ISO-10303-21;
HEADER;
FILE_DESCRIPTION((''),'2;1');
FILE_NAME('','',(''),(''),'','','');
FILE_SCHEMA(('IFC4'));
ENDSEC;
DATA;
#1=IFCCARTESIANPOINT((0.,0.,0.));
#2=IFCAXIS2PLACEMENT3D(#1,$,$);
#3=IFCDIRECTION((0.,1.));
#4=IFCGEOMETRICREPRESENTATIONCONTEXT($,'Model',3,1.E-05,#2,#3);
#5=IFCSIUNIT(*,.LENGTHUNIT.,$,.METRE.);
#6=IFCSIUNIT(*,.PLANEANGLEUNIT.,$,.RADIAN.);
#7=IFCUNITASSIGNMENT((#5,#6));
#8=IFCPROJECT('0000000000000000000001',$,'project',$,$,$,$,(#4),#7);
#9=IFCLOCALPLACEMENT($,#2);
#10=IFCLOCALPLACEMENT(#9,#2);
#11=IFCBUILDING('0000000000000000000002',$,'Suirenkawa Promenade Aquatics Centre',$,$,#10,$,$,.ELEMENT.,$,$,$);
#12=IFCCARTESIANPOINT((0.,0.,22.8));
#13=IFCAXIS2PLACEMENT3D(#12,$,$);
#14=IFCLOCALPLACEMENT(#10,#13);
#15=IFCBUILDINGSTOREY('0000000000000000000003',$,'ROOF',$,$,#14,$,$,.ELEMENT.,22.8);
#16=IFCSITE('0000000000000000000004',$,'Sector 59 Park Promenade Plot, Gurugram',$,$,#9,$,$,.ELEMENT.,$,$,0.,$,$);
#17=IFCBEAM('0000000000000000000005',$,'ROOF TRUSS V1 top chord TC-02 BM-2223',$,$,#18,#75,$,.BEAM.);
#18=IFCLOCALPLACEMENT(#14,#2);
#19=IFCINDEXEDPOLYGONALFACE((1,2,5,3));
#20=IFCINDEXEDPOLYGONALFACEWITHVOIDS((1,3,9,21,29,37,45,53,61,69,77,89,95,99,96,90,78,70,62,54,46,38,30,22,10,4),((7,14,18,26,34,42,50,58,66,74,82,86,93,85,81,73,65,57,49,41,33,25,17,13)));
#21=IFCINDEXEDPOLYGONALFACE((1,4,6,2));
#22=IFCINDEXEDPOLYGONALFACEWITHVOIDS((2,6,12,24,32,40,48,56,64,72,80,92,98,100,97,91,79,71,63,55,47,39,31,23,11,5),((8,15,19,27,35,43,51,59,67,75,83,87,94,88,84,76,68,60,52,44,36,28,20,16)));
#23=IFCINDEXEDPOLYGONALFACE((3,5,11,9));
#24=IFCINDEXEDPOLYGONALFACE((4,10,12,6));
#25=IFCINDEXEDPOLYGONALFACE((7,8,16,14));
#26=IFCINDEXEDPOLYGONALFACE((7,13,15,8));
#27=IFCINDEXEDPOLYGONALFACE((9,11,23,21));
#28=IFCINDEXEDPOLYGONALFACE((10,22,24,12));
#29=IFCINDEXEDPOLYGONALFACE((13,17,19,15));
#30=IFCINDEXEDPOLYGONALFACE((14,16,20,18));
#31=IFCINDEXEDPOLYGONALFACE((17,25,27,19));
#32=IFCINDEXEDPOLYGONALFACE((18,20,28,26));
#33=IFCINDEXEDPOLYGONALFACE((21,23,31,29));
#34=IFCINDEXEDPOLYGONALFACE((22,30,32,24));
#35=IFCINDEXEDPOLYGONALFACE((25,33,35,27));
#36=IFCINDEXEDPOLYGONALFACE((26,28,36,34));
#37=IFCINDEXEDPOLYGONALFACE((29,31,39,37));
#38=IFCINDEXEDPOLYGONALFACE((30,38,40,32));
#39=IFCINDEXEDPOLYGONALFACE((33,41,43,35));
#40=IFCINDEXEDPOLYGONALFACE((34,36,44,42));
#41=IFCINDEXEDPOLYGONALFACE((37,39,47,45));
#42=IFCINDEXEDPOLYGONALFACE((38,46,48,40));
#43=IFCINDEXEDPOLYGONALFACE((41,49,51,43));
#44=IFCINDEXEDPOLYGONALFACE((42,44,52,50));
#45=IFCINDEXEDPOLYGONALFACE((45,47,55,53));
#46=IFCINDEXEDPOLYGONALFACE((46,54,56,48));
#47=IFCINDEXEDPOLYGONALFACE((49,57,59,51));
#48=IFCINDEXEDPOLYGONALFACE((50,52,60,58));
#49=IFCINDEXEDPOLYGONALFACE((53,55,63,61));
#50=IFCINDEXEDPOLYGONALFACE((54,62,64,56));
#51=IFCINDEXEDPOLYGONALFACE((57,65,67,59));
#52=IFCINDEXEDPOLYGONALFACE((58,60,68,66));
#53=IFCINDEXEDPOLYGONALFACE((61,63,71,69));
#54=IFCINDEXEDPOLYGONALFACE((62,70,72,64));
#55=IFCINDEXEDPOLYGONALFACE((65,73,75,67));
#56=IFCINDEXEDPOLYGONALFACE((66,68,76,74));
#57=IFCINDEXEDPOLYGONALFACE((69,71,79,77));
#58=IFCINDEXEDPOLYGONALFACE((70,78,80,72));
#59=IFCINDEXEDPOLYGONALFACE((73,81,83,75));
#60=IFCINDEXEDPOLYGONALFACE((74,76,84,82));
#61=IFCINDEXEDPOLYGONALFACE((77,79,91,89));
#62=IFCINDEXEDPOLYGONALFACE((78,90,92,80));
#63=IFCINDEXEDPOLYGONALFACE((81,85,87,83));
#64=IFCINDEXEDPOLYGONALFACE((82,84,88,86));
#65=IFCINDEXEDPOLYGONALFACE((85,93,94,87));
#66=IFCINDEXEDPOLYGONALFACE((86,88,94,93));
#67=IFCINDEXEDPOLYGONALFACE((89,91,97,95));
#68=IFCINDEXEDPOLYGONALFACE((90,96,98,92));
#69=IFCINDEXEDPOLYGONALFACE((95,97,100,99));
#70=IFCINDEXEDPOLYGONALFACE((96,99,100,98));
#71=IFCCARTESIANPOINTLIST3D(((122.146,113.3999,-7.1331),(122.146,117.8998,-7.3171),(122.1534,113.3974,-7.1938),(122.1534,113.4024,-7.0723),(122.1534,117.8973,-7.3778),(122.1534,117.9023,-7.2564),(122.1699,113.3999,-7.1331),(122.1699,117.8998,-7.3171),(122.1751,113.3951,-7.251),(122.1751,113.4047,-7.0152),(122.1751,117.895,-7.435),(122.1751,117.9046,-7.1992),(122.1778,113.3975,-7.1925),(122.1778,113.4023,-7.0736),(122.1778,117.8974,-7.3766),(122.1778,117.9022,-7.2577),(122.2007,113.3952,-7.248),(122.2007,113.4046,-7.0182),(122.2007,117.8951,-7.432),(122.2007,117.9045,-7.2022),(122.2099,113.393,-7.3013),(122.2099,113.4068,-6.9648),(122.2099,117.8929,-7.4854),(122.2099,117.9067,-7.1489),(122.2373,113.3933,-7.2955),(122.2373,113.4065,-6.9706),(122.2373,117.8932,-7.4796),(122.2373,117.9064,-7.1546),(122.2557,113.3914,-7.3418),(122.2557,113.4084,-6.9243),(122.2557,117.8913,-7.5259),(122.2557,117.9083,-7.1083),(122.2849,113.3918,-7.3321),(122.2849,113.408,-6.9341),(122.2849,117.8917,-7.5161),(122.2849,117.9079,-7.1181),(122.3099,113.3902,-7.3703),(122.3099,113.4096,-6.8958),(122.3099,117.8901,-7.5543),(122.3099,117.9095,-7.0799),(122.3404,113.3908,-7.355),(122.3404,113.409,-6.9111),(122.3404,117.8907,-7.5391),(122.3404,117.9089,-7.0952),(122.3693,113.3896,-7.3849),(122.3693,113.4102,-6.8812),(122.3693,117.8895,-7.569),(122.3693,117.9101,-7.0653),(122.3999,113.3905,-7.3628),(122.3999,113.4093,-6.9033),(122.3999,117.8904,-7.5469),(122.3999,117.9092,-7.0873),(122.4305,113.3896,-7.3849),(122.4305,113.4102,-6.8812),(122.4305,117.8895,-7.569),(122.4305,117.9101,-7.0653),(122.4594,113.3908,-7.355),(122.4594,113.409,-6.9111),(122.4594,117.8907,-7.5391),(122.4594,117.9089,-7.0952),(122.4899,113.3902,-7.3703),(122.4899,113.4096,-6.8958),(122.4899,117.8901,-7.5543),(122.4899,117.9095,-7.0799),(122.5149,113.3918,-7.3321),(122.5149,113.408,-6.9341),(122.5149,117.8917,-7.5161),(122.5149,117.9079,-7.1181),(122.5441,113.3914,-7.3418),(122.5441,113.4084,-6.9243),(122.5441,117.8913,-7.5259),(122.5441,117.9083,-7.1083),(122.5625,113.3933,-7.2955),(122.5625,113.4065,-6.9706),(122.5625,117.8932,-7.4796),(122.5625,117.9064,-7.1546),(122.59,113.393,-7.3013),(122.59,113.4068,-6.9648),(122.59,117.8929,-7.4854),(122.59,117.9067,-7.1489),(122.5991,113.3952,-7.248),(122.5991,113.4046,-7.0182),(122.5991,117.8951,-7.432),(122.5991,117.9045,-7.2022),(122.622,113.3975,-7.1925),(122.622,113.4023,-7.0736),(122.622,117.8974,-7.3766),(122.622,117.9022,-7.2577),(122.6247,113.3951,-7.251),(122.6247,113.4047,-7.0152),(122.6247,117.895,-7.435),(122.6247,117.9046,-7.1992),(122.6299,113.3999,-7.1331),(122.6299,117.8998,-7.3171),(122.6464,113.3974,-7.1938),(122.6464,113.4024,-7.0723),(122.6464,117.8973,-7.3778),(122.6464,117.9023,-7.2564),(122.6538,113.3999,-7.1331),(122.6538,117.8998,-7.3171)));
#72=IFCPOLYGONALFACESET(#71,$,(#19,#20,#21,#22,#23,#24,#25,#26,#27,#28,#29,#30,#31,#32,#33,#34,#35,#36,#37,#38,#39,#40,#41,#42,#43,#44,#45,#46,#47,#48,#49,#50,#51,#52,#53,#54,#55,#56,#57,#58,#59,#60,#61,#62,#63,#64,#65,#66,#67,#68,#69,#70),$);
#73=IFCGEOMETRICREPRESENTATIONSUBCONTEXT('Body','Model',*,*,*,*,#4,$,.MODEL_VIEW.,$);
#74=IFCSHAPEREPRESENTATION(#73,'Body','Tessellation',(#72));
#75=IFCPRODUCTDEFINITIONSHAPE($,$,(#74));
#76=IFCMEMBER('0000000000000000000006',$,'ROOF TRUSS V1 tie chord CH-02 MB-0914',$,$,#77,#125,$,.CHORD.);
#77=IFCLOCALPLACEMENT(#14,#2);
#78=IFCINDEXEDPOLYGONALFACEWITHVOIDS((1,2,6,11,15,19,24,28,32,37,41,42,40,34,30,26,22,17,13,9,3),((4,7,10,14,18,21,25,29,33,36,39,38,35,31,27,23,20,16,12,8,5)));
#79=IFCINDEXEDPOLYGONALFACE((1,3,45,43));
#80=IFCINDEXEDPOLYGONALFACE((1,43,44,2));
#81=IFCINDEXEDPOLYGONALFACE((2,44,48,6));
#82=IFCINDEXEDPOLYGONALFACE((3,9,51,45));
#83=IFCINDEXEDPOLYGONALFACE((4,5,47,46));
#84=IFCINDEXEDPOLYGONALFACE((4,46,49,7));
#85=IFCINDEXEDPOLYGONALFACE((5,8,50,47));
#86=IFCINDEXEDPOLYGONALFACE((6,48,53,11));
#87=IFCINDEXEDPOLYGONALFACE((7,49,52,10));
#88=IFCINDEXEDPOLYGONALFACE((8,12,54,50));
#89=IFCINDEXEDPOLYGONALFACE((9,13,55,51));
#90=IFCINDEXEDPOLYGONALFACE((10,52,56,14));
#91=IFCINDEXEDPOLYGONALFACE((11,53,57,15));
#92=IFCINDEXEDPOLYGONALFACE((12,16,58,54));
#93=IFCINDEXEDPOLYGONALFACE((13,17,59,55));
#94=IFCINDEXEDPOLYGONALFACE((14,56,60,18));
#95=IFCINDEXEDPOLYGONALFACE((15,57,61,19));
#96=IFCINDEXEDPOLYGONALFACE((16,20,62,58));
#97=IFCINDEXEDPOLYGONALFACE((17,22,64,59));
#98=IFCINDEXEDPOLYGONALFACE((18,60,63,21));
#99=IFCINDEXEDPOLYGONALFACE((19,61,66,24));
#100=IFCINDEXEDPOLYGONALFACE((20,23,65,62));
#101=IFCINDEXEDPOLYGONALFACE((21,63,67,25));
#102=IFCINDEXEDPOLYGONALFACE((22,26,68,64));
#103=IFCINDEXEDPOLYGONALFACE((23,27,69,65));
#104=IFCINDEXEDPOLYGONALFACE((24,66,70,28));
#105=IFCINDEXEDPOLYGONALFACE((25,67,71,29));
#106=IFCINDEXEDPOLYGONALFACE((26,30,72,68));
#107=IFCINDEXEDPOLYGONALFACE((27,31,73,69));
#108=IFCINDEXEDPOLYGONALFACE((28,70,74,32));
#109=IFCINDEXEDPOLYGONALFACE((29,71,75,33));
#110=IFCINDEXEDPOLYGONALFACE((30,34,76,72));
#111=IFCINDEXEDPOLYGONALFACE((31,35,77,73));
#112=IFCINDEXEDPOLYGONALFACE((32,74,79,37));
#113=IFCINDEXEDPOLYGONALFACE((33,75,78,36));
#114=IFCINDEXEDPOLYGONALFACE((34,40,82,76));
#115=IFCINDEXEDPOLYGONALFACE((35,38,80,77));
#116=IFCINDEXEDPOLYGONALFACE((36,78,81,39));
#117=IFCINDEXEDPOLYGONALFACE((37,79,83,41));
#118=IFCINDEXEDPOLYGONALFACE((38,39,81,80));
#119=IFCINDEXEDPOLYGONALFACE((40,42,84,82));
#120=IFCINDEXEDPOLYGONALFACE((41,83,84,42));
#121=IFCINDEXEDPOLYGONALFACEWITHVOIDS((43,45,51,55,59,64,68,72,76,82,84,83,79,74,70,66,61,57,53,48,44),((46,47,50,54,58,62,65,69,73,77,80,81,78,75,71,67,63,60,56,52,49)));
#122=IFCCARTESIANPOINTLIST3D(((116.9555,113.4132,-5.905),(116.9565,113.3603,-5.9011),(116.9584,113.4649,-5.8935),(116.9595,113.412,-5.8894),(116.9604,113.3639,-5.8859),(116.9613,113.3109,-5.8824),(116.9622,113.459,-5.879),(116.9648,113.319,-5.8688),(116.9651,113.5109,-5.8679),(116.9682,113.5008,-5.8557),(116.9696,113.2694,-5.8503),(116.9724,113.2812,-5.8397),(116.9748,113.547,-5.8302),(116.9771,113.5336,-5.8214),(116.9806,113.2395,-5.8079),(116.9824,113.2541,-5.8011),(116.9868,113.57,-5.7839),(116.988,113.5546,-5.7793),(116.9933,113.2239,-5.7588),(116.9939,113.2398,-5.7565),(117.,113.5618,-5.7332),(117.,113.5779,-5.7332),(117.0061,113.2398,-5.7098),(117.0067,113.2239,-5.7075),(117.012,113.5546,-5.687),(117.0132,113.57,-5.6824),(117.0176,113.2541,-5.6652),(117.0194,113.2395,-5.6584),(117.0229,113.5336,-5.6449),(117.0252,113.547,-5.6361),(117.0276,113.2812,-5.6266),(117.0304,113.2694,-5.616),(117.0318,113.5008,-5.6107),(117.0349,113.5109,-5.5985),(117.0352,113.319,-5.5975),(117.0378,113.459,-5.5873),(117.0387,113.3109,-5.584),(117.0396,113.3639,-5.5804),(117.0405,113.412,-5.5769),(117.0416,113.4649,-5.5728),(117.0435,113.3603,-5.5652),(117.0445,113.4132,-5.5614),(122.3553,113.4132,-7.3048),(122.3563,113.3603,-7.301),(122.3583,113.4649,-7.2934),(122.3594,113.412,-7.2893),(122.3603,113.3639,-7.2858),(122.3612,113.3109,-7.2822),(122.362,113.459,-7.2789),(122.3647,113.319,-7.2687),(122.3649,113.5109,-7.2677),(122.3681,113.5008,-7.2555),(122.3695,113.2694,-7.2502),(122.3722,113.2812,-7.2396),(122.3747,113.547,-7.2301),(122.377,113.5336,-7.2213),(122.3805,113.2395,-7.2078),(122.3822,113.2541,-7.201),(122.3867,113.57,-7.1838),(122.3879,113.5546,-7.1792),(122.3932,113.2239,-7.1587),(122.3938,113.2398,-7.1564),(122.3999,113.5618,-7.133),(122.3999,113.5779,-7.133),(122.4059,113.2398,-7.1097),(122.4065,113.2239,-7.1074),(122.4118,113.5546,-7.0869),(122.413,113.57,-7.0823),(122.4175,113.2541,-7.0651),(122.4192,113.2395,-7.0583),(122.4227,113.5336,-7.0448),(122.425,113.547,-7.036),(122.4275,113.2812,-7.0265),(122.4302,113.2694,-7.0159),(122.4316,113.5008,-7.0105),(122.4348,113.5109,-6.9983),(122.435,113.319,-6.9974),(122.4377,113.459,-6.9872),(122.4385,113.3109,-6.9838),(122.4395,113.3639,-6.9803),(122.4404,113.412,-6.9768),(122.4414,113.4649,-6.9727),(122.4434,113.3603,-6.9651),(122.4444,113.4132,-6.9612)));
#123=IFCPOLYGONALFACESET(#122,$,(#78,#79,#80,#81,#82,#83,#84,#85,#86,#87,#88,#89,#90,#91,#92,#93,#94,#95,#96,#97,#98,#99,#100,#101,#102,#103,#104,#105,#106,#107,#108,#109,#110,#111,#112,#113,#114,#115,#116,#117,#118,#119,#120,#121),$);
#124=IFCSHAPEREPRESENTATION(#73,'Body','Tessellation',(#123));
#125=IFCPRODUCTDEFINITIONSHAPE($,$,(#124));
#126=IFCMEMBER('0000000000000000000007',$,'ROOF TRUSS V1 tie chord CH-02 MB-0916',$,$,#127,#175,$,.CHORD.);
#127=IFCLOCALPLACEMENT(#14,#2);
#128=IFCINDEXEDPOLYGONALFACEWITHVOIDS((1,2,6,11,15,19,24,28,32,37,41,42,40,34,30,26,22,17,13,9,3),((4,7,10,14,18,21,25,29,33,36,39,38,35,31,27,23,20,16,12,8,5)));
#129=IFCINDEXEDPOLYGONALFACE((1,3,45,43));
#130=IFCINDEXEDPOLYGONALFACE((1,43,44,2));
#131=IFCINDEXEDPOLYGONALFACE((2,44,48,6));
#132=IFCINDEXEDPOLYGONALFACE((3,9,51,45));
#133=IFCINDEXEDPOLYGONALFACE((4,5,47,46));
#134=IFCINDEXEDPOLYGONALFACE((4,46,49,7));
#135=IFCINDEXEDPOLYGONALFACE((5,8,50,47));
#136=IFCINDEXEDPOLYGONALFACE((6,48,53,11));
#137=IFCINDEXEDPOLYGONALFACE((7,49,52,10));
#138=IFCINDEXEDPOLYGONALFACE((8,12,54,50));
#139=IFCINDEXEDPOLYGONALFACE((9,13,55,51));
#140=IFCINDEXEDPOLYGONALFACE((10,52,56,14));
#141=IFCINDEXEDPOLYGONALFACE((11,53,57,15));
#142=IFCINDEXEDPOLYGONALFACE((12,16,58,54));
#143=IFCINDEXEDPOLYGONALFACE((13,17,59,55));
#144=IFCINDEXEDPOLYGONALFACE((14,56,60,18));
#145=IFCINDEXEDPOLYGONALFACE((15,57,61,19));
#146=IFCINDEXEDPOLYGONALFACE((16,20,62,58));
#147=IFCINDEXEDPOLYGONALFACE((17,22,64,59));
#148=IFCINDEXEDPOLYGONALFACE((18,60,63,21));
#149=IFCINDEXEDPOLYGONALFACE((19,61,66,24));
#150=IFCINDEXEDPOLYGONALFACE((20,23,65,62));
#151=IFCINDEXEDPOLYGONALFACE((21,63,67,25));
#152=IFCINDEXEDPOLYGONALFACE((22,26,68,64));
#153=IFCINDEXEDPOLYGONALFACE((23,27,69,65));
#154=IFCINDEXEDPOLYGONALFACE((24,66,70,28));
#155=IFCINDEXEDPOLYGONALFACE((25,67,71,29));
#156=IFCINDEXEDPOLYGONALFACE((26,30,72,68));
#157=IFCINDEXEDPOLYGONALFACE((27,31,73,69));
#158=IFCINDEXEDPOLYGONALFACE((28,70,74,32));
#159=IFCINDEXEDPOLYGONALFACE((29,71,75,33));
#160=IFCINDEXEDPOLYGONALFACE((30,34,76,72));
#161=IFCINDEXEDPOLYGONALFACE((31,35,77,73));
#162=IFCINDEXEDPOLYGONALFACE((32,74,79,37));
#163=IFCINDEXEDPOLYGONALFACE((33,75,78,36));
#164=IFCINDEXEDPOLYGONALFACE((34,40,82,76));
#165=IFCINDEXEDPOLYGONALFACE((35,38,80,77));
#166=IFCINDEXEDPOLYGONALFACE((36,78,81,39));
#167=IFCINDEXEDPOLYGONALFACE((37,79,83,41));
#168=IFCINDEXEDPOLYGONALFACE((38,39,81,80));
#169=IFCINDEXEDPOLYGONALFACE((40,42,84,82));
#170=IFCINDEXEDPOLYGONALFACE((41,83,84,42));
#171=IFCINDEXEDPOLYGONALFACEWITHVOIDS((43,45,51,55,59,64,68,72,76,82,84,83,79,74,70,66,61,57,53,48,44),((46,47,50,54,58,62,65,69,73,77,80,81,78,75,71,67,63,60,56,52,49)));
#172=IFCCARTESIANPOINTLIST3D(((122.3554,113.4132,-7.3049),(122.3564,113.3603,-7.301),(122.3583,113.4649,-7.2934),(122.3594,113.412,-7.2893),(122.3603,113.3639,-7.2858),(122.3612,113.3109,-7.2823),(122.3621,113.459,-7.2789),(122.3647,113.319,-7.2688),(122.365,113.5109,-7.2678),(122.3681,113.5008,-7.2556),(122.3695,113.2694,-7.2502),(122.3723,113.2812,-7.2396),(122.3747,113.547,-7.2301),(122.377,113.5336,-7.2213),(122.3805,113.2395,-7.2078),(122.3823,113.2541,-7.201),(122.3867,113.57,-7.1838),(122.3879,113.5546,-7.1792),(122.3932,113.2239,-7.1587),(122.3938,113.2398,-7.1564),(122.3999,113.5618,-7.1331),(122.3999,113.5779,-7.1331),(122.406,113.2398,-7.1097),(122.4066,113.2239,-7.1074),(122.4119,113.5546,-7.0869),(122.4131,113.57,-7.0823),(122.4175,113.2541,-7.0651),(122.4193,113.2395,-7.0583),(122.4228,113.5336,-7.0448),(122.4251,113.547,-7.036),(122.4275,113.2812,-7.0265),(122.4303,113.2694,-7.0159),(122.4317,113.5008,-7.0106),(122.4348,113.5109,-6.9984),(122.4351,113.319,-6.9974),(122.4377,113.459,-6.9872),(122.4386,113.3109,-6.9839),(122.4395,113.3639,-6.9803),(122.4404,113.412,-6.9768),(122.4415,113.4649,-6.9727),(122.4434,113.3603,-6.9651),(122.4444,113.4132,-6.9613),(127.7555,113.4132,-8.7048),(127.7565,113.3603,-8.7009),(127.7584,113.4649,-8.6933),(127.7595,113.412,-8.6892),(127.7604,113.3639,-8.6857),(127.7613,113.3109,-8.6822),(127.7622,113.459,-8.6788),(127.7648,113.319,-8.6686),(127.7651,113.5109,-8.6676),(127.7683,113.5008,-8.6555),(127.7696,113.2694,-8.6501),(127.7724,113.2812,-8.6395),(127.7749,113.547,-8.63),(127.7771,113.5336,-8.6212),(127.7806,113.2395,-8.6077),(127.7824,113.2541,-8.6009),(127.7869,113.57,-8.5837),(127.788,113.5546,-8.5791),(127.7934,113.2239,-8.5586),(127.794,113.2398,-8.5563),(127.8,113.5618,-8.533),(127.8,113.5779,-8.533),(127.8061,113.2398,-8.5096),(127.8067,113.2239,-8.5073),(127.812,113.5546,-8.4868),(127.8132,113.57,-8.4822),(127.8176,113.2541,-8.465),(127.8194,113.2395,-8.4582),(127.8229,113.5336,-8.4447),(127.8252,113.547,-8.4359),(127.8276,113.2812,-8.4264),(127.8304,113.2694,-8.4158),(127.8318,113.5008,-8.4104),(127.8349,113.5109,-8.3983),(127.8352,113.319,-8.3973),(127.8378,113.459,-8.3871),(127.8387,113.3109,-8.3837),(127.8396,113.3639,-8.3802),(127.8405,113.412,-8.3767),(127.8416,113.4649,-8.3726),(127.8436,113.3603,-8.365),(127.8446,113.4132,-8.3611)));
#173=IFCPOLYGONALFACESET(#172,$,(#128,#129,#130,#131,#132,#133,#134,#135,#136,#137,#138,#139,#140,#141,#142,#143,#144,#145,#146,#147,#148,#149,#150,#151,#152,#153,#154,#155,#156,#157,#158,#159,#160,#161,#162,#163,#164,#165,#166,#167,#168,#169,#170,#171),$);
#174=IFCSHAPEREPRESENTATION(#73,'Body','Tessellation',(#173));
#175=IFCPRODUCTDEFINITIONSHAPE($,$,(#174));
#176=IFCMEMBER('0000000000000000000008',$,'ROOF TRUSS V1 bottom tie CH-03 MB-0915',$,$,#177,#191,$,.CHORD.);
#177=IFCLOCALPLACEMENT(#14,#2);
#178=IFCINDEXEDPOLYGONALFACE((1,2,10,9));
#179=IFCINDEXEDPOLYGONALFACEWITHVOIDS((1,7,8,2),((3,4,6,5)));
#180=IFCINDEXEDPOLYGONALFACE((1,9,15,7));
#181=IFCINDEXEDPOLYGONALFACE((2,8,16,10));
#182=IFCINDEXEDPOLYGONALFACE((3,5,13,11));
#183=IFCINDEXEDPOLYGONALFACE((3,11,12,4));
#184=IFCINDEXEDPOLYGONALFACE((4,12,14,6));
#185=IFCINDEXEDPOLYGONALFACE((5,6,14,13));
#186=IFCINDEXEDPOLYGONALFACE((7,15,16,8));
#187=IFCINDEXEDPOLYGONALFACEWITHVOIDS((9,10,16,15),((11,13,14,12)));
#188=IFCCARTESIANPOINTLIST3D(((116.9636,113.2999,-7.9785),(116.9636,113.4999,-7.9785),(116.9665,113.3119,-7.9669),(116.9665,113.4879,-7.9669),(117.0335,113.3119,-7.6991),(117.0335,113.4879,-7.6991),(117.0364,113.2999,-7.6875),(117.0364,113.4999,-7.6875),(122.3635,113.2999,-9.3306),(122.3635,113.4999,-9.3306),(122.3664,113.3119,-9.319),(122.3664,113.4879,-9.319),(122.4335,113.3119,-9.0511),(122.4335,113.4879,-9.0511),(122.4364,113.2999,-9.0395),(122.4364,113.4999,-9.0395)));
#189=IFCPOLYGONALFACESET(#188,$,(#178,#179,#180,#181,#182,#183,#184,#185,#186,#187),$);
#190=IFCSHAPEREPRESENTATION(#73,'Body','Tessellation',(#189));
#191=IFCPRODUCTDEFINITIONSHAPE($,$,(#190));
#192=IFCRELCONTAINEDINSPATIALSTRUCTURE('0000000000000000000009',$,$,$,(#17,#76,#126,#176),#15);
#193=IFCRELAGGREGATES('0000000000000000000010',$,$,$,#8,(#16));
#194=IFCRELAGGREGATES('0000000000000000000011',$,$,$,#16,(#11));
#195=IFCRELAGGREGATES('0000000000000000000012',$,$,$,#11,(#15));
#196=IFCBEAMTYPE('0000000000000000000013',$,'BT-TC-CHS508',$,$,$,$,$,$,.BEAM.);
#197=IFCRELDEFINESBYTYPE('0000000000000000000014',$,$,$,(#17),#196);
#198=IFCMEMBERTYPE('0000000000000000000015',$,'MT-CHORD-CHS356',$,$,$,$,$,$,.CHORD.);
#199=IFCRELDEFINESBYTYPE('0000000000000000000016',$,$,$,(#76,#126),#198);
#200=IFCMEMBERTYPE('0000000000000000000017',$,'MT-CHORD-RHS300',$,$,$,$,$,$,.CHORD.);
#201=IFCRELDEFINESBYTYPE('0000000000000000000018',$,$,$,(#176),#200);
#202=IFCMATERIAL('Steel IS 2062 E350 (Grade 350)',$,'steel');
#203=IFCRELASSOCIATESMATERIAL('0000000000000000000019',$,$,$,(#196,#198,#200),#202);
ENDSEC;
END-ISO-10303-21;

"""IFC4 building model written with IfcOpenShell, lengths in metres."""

from ifc_helpers import new_model, si_unit, direction, frame, origin, origin_2d, place, context, subcontext, project, spatial, hollow_rectangle, hollow_circle, extrude, material, material_profile, profile_set, type_object, element, save


model = new_model("IFC4")

# Units and contexts
model_context = context("Model", 3, precision=1e-05, world=origin(), true_north=direction((0.0, 1.0)))
body_context = subcontext(model_context, "Body", "Model", "MODEL_VIEW")
ifc_project = project(units=[si_unit("LENGTHUNIT", "METRE"), si_unit("PLANEANGLEUNIT", "RADIAN")], contexts=[model_context])

# Site, building, storey
site_placement = place(None, origin())
site = spatial("IfcSite", under=ifc_project, at=site_placement, Name="Sector 59 Park Promenade Plot, Gurugram", CompositionType="ELEMENT", RefElevation=0.0)
building_placement = place(site_placement, origin())
building = spatial("IfcBuilding", under=site, at=building_placement, Name="Suirenkawa Promenade Aquatics Centre", CompositionType="ELEMENT")
storey_placement = place(building_placement, frame((0.0, 0.0, 22.8)))
storey = spatial("IfcBuildingStorey", under=building, at=storey_placement, Name="ROOF", CompositionType="ELEMENT", Elevation=22.8)

# Beam
ifc_material = material(Name="Steel IS 2062 E350 (Grade 350)", Category="steel")
ifc_material_profile_1 = material_profile(ifc_material, hollow_circle(Radius=0.2539, WallThickness=0.0239, at=origin_2d()), Name="CHS 508x24", Category="steel")
ifc_profile_set_1 = profile_set([ifc_material_profile_1], Name="Steel IS 2062 E350 (Grade 350)")
beam_type_1 = type_object("IfcBeamType", Name="BT-TC-CHS508", PredefinedType="BEAM", material=ifc_profile_set_1)
for number, where, z_axis, x_axis, name in (
    (1, (122.3999, 113.3999, -7.1331), (0.0, 0.999164, -0.040873), (-1.0, 0.0, 0.0), "ROOF TRUSS V1 top chord TC-02 BM-2223"),
):
    element("IfcBeam", number, at=place(storey_placement, frame(where, z_axis=z_axis, x_axis=x_axis)), inside=storey, type_object=beam_type_1, Name=name, PredefinedType="BEAM", context=body_context, shape_type="SweptSolid", body=[
        extrude(hollow_circle(Radius=0.2539, WallThickness=0.0239, at=origin_2d()), origin(), (0.0, 0.0, 1.0), 4.5037),
    ])

# Members
ifc_material_profile_2 = material_profile(ifc_material, hollow_circle(Radius=0.178, WallThickness=0.0161, at=origin_2d()), Name="CHS 356x16", Category="steel")
ifc_profile_set_2 = profile_set([ifc_material_profile_2], Name="Steel IS 2062 E350 (Grade 350)")
member_type_1 = type_object("IfcMemberType", Name="MT-CHORD-CHS356", PredefinedType="CHORD", material=ifc_profile_set_2)
member_1_placement = place(storey_placement, frame((117.0, 113.3999, -5.7332), z_axis=(0.968, 0.0, -0.25095), x_axis=(0.0, 1.0, 0.0)))
element("IfcMember", 2, at=member_1_placement, inside=storey, type_object=member_type_1, Name="ROOF TRUSS V1 tie chord CH-02 MB-0914", PredefinedType="CHORD", context=body_context, shape_type="SweptSolid", body=[
    extrude(hollow_circle(Radius=0.178, WallThickness=0.0161, at=origin_2d()), origin(), (0.0, 0.0, 1.0), 5.5784),
])
member_2_placement = place(storey_placement, frame((122.3999, 113.3999, -7.1331), z_axis=(0.968003, 0.0, -0.250939), x_axis=(0.0, 1.0, 0.0)))
element("IfcMember", 3, at=member_2_placement, inside=storey, type_object=member_type_1, Name="ROOF TRUSS V1 tie chord CH-02 MB-0916", PredefinedType="CHORD", context=body_context, shape_type="SweptSolid", body=[
    extrude(hollow_circle(Radius=0.178, WallThickness=0.0161, at=origin_2d()), origin(), (0.0, 0.0, 1.0), 5.5786),
])
ifc_material_profile_3 = material_profile(ifc_material, hollow_rectangle(XDim=0.2, YDim=0.3, WallThickness=0.012, at=origin_2d()), Name="RHS 300x200x12", Category="steel")
ifc_profile_set_3 = profile_set([ifc_material_profile_3], Name="Steel IS 2062 E350 (Grade 350)")
member_type_2 = type_object("IfcMemberType", Name="MT-CHORD-RHS300", PredefinedType="CHORD", material=ifc_profile_set_3)
member_3_placement = place(storey_placement, frame((117.0, 113.3999, -7.833), z_axis=(0.970055, 0.0, -0.242886), x_axis=(0.0, 1.0, 0.0)))
element("IfcMember", 4, at=member_3_placement, inside=storey, type_object=member_type_2, Name="ROOF TRUSS V1 bottom tie CH-03 MB-0915", PredefinedType="CHORD", context=body_context, shape_type="SweptSolid", body=[
    extrude(hollow_rectangle(XDim=0.2, YDim=0.3, WallThickness=0.012, at=origin_2d()), origin(), (0.0, 0.0, 1.0), 5.5667),
])

save(model, "model.ifc")
